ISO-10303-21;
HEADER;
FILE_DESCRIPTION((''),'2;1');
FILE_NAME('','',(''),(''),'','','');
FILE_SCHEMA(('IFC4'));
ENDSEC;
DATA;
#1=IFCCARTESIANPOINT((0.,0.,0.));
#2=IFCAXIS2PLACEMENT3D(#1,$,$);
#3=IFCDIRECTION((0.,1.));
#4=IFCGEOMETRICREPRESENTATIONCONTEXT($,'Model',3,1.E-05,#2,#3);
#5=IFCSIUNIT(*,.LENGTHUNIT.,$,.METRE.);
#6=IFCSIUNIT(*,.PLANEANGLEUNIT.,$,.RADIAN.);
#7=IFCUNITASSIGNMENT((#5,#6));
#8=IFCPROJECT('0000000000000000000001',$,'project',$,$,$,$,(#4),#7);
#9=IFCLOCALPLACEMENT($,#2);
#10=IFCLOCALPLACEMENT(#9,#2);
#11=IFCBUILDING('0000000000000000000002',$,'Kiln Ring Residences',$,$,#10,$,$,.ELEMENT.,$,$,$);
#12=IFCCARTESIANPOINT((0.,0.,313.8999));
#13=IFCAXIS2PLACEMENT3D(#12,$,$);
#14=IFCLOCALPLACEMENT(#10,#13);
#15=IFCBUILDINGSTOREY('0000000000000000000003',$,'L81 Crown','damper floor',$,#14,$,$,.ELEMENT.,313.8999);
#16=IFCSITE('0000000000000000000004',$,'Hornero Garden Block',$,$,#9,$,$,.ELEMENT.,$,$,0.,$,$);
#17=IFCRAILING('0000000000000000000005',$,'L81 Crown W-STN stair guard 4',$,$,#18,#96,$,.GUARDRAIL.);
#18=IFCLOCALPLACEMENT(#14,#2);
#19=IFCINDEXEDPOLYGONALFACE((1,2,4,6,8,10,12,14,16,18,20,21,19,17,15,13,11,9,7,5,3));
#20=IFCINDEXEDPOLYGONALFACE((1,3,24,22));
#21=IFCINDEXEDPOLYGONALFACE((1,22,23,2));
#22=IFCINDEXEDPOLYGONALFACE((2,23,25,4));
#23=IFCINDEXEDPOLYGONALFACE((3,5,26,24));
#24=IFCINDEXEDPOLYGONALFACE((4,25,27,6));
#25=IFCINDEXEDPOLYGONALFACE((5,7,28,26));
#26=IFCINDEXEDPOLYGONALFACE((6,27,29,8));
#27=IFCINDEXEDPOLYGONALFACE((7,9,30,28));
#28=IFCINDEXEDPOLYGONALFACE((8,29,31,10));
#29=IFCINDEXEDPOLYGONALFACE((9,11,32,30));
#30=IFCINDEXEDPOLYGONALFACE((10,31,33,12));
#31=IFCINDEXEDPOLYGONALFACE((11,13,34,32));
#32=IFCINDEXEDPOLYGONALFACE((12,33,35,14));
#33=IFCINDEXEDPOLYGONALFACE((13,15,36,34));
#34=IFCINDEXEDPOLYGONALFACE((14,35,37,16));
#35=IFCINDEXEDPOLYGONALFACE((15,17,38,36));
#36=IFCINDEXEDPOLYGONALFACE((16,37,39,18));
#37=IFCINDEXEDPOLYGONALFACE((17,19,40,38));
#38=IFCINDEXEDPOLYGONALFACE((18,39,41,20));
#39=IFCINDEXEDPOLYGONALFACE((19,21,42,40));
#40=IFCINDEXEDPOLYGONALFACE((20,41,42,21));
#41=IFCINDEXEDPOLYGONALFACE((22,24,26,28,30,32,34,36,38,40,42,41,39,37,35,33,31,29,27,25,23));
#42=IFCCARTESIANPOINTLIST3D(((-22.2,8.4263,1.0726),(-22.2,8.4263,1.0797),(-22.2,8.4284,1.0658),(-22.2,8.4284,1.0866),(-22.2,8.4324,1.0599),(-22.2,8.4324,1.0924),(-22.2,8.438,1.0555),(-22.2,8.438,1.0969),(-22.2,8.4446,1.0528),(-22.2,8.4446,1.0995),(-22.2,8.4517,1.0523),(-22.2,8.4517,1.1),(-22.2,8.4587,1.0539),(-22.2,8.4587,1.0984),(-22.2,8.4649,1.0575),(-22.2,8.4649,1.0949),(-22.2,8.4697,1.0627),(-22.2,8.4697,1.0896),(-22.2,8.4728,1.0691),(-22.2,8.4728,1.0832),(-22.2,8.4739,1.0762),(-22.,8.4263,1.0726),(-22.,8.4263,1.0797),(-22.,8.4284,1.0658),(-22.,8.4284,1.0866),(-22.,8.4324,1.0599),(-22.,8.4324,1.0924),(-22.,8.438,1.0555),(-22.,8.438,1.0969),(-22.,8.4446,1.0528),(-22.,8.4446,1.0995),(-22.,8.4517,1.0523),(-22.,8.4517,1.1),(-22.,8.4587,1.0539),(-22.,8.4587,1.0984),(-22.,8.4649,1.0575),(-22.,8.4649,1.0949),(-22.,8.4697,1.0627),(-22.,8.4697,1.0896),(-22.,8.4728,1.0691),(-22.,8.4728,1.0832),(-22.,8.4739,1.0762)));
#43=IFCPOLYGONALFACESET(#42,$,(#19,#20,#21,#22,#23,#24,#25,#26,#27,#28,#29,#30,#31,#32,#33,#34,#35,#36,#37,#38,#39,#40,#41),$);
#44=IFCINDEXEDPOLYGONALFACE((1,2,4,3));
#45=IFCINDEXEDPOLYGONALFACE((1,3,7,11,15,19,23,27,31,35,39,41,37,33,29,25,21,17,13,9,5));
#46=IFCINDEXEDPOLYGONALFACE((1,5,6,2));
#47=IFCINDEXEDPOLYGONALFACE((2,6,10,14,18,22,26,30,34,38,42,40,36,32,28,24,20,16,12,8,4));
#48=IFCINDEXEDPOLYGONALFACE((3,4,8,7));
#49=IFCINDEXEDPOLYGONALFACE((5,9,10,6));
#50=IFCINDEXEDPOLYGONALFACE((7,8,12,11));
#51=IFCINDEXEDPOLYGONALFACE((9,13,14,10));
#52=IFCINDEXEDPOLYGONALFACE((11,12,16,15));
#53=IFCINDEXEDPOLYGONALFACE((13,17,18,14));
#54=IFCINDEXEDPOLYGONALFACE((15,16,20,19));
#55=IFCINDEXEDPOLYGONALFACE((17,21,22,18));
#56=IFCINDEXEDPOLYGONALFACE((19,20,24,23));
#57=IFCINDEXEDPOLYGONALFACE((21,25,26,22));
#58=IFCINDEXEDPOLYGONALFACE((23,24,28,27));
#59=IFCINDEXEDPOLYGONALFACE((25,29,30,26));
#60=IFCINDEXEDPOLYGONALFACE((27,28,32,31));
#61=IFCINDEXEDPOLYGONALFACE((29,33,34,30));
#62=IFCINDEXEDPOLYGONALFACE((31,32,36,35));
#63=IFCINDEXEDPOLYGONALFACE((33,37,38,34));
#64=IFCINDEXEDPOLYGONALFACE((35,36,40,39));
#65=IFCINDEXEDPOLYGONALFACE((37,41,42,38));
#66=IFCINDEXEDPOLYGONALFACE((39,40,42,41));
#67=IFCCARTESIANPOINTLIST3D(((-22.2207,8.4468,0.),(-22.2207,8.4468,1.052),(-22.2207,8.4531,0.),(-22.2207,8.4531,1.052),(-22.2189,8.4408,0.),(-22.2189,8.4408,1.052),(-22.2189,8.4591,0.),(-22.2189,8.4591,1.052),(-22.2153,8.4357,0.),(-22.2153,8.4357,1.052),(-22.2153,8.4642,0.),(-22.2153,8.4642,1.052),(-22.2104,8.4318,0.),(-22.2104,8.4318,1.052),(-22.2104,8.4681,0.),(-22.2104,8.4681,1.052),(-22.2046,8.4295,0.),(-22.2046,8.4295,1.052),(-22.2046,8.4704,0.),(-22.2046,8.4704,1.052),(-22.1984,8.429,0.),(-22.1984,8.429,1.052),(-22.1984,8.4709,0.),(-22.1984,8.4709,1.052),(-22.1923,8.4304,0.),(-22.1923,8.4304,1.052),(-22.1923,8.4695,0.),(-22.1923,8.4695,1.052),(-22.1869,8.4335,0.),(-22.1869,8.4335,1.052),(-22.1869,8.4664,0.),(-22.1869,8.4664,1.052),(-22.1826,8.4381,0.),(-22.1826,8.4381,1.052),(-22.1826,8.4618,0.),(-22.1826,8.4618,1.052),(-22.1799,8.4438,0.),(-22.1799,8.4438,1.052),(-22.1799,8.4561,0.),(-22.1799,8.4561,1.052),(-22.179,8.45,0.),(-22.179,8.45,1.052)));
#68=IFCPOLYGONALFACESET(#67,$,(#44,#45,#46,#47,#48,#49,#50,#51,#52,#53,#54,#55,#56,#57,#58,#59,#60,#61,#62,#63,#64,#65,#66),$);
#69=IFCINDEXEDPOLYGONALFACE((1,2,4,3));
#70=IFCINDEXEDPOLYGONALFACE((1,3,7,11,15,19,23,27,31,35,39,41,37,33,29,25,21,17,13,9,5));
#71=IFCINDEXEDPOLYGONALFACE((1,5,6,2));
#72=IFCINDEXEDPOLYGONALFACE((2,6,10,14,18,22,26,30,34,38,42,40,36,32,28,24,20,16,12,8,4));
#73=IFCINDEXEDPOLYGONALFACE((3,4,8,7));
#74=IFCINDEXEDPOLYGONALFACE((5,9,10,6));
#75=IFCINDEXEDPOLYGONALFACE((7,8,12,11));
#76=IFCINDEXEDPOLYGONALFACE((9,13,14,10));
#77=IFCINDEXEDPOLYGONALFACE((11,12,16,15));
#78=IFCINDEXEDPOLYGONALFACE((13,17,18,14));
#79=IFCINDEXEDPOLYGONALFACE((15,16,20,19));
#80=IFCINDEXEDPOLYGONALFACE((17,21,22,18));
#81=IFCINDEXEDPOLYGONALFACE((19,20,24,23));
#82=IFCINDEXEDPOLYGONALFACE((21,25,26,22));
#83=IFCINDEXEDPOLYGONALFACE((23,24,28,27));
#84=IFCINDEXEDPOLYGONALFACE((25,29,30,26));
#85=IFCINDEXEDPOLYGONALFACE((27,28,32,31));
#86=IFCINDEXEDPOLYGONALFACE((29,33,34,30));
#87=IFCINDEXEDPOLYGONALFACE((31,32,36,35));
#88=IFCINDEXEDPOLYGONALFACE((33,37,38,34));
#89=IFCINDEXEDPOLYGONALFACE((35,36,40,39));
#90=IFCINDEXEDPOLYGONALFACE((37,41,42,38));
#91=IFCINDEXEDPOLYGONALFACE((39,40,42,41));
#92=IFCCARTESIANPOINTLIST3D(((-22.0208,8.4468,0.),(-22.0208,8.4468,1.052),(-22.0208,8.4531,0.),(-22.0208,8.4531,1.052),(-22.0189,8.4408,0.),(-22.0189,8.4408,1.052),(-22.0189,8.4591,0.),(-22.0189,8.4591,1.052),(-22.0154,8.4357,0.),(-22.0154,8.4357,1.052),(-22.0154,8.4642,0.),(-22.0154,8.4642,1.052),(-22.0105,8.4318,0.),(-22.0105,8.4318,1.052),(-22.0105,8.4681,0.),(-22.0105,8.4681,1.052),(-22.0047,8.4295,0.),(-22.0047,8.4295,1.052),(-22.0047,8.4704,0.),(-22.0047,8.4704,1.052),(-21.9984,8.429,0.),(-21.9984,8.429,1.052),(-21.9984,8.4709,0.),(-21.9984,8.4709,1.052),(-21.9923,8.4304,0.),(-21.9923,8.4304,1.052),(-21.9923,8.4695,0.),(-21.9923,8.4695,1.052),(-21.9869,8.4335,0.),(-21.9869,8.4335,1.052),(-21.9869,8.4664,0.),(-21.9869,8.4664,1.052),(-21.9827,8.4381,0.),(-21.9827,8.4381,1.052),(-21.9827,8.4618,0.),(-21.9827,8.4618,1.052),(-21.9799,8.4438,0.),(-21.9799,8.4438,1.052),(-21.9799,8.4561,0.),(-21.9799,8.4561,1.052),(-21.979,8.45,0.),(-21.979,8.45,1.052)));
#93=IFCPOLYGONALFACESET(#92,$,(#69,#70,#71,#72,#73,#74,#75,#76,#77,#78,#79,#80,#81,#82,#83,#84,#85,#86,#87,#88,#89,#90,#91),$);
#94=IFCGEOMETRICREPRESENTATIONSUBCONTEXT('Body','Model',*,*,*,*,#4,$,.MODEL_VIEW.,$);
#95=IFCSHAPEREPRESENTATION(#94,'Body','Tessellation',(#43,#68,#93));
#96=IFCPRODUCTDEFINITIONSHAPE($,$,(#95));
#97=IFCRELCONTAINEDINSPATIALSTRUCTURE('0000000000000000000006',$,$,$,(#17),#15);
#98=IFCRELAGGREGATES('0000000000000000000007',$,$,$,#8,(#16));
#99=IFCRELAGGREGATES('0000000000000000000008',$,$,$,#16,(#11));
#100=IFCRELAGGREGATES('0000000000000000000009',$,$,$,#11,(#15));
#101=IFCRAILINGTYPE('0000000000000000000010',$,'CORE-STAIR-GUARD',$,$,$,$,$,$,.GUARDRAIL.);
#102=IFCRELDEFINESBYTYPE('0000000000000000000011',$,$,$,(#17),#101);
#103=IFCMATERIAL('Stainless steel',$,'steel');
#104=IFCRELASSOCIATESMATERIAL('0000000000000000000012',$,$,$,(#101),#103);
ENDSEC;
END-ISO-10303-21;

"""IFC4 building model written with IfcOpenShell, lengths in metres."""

from ifc_helpers import new_model, si_unit, direction, frame, origin, origin_2d, place, context, subcontext, project, spatial, circle, extrude, material, type_object, element, save


model = new_model("IFC4")

# Units and contexts
model_context = context("Model", 3, precision=1e-05, world=origin(), true_north=direction((0.0, 1.0)))
body_context = subcontext(model_context, "Body", "Model", "MODEL_VIEW")
ifc_project = project(units=[si_unit("LENGTHUNIT", "METRE"), si_unit("PLANEANGLEUNIT", "RADIAN")], contexts=[model_context])

# Site, building, storey
site_placement = place(None, origin())
site = spatial("IfcSite", under=ifc_project, at=site_placement, Name="Hornero Garden Block", CompositionType="ELEMENT", RefElevation=0.0)
building_placement = place(site_placement, origin())
building = spatial("IfcBuilding", under=site, at=building_placement, Name="Kiln Ring Residences", CompositionType="ELEMENT")
storey_placement = place(building_placement, frame((0.0, 0.0, 313.8999)))
storey = spatial("IfcBuildingStorey", under=building, at=storey_placement, Name="L81 Crown", Description="damper floor", CompositionType="ELEMENT", Elevation=313.8999)

# Railing
ifc_material_1 = material(Name="Stainless steel", Category="steel")
railing_type_1 = type_object("IfcRailingType", Name="CORE-STAIR-GUARD", PredefinedType="GUARDRAIL", material=ifc_material_1)
railing_1_placement = place(storey_placement, frame((-22.2, 8.45, 0.0)))
element("IfcRailing", 1, at=railing_1_placement, inside=storey, type_object=railing_type_1, Name="L81 Crown W-STN stair guard 4", PredefinedType="GUARDRAIL", context=body_context, shape_type="SweptSolid", body=[
    extrude(circle(Radius=0.0239, at=origin_2d()), frame((0.0, 0.0, 1.0762), z_axis=(1.0, 0.0, 0.0), x_axis=(0.0, 1.0, 0.0)), (0.0, 0.0, 1.0), 0.2),
    extrude(circle(Radius=0.021, at=origin_2d()), origin(), (0.0, 0.0, 1.0), 1.052),
    extrude(circle(Radius=0.021, at=origin_2d()), frame((0.2, 0.0, 0.0)), (0.0, 0.0, 1.0), 1.052),
])

save(model, "model.ifc")
